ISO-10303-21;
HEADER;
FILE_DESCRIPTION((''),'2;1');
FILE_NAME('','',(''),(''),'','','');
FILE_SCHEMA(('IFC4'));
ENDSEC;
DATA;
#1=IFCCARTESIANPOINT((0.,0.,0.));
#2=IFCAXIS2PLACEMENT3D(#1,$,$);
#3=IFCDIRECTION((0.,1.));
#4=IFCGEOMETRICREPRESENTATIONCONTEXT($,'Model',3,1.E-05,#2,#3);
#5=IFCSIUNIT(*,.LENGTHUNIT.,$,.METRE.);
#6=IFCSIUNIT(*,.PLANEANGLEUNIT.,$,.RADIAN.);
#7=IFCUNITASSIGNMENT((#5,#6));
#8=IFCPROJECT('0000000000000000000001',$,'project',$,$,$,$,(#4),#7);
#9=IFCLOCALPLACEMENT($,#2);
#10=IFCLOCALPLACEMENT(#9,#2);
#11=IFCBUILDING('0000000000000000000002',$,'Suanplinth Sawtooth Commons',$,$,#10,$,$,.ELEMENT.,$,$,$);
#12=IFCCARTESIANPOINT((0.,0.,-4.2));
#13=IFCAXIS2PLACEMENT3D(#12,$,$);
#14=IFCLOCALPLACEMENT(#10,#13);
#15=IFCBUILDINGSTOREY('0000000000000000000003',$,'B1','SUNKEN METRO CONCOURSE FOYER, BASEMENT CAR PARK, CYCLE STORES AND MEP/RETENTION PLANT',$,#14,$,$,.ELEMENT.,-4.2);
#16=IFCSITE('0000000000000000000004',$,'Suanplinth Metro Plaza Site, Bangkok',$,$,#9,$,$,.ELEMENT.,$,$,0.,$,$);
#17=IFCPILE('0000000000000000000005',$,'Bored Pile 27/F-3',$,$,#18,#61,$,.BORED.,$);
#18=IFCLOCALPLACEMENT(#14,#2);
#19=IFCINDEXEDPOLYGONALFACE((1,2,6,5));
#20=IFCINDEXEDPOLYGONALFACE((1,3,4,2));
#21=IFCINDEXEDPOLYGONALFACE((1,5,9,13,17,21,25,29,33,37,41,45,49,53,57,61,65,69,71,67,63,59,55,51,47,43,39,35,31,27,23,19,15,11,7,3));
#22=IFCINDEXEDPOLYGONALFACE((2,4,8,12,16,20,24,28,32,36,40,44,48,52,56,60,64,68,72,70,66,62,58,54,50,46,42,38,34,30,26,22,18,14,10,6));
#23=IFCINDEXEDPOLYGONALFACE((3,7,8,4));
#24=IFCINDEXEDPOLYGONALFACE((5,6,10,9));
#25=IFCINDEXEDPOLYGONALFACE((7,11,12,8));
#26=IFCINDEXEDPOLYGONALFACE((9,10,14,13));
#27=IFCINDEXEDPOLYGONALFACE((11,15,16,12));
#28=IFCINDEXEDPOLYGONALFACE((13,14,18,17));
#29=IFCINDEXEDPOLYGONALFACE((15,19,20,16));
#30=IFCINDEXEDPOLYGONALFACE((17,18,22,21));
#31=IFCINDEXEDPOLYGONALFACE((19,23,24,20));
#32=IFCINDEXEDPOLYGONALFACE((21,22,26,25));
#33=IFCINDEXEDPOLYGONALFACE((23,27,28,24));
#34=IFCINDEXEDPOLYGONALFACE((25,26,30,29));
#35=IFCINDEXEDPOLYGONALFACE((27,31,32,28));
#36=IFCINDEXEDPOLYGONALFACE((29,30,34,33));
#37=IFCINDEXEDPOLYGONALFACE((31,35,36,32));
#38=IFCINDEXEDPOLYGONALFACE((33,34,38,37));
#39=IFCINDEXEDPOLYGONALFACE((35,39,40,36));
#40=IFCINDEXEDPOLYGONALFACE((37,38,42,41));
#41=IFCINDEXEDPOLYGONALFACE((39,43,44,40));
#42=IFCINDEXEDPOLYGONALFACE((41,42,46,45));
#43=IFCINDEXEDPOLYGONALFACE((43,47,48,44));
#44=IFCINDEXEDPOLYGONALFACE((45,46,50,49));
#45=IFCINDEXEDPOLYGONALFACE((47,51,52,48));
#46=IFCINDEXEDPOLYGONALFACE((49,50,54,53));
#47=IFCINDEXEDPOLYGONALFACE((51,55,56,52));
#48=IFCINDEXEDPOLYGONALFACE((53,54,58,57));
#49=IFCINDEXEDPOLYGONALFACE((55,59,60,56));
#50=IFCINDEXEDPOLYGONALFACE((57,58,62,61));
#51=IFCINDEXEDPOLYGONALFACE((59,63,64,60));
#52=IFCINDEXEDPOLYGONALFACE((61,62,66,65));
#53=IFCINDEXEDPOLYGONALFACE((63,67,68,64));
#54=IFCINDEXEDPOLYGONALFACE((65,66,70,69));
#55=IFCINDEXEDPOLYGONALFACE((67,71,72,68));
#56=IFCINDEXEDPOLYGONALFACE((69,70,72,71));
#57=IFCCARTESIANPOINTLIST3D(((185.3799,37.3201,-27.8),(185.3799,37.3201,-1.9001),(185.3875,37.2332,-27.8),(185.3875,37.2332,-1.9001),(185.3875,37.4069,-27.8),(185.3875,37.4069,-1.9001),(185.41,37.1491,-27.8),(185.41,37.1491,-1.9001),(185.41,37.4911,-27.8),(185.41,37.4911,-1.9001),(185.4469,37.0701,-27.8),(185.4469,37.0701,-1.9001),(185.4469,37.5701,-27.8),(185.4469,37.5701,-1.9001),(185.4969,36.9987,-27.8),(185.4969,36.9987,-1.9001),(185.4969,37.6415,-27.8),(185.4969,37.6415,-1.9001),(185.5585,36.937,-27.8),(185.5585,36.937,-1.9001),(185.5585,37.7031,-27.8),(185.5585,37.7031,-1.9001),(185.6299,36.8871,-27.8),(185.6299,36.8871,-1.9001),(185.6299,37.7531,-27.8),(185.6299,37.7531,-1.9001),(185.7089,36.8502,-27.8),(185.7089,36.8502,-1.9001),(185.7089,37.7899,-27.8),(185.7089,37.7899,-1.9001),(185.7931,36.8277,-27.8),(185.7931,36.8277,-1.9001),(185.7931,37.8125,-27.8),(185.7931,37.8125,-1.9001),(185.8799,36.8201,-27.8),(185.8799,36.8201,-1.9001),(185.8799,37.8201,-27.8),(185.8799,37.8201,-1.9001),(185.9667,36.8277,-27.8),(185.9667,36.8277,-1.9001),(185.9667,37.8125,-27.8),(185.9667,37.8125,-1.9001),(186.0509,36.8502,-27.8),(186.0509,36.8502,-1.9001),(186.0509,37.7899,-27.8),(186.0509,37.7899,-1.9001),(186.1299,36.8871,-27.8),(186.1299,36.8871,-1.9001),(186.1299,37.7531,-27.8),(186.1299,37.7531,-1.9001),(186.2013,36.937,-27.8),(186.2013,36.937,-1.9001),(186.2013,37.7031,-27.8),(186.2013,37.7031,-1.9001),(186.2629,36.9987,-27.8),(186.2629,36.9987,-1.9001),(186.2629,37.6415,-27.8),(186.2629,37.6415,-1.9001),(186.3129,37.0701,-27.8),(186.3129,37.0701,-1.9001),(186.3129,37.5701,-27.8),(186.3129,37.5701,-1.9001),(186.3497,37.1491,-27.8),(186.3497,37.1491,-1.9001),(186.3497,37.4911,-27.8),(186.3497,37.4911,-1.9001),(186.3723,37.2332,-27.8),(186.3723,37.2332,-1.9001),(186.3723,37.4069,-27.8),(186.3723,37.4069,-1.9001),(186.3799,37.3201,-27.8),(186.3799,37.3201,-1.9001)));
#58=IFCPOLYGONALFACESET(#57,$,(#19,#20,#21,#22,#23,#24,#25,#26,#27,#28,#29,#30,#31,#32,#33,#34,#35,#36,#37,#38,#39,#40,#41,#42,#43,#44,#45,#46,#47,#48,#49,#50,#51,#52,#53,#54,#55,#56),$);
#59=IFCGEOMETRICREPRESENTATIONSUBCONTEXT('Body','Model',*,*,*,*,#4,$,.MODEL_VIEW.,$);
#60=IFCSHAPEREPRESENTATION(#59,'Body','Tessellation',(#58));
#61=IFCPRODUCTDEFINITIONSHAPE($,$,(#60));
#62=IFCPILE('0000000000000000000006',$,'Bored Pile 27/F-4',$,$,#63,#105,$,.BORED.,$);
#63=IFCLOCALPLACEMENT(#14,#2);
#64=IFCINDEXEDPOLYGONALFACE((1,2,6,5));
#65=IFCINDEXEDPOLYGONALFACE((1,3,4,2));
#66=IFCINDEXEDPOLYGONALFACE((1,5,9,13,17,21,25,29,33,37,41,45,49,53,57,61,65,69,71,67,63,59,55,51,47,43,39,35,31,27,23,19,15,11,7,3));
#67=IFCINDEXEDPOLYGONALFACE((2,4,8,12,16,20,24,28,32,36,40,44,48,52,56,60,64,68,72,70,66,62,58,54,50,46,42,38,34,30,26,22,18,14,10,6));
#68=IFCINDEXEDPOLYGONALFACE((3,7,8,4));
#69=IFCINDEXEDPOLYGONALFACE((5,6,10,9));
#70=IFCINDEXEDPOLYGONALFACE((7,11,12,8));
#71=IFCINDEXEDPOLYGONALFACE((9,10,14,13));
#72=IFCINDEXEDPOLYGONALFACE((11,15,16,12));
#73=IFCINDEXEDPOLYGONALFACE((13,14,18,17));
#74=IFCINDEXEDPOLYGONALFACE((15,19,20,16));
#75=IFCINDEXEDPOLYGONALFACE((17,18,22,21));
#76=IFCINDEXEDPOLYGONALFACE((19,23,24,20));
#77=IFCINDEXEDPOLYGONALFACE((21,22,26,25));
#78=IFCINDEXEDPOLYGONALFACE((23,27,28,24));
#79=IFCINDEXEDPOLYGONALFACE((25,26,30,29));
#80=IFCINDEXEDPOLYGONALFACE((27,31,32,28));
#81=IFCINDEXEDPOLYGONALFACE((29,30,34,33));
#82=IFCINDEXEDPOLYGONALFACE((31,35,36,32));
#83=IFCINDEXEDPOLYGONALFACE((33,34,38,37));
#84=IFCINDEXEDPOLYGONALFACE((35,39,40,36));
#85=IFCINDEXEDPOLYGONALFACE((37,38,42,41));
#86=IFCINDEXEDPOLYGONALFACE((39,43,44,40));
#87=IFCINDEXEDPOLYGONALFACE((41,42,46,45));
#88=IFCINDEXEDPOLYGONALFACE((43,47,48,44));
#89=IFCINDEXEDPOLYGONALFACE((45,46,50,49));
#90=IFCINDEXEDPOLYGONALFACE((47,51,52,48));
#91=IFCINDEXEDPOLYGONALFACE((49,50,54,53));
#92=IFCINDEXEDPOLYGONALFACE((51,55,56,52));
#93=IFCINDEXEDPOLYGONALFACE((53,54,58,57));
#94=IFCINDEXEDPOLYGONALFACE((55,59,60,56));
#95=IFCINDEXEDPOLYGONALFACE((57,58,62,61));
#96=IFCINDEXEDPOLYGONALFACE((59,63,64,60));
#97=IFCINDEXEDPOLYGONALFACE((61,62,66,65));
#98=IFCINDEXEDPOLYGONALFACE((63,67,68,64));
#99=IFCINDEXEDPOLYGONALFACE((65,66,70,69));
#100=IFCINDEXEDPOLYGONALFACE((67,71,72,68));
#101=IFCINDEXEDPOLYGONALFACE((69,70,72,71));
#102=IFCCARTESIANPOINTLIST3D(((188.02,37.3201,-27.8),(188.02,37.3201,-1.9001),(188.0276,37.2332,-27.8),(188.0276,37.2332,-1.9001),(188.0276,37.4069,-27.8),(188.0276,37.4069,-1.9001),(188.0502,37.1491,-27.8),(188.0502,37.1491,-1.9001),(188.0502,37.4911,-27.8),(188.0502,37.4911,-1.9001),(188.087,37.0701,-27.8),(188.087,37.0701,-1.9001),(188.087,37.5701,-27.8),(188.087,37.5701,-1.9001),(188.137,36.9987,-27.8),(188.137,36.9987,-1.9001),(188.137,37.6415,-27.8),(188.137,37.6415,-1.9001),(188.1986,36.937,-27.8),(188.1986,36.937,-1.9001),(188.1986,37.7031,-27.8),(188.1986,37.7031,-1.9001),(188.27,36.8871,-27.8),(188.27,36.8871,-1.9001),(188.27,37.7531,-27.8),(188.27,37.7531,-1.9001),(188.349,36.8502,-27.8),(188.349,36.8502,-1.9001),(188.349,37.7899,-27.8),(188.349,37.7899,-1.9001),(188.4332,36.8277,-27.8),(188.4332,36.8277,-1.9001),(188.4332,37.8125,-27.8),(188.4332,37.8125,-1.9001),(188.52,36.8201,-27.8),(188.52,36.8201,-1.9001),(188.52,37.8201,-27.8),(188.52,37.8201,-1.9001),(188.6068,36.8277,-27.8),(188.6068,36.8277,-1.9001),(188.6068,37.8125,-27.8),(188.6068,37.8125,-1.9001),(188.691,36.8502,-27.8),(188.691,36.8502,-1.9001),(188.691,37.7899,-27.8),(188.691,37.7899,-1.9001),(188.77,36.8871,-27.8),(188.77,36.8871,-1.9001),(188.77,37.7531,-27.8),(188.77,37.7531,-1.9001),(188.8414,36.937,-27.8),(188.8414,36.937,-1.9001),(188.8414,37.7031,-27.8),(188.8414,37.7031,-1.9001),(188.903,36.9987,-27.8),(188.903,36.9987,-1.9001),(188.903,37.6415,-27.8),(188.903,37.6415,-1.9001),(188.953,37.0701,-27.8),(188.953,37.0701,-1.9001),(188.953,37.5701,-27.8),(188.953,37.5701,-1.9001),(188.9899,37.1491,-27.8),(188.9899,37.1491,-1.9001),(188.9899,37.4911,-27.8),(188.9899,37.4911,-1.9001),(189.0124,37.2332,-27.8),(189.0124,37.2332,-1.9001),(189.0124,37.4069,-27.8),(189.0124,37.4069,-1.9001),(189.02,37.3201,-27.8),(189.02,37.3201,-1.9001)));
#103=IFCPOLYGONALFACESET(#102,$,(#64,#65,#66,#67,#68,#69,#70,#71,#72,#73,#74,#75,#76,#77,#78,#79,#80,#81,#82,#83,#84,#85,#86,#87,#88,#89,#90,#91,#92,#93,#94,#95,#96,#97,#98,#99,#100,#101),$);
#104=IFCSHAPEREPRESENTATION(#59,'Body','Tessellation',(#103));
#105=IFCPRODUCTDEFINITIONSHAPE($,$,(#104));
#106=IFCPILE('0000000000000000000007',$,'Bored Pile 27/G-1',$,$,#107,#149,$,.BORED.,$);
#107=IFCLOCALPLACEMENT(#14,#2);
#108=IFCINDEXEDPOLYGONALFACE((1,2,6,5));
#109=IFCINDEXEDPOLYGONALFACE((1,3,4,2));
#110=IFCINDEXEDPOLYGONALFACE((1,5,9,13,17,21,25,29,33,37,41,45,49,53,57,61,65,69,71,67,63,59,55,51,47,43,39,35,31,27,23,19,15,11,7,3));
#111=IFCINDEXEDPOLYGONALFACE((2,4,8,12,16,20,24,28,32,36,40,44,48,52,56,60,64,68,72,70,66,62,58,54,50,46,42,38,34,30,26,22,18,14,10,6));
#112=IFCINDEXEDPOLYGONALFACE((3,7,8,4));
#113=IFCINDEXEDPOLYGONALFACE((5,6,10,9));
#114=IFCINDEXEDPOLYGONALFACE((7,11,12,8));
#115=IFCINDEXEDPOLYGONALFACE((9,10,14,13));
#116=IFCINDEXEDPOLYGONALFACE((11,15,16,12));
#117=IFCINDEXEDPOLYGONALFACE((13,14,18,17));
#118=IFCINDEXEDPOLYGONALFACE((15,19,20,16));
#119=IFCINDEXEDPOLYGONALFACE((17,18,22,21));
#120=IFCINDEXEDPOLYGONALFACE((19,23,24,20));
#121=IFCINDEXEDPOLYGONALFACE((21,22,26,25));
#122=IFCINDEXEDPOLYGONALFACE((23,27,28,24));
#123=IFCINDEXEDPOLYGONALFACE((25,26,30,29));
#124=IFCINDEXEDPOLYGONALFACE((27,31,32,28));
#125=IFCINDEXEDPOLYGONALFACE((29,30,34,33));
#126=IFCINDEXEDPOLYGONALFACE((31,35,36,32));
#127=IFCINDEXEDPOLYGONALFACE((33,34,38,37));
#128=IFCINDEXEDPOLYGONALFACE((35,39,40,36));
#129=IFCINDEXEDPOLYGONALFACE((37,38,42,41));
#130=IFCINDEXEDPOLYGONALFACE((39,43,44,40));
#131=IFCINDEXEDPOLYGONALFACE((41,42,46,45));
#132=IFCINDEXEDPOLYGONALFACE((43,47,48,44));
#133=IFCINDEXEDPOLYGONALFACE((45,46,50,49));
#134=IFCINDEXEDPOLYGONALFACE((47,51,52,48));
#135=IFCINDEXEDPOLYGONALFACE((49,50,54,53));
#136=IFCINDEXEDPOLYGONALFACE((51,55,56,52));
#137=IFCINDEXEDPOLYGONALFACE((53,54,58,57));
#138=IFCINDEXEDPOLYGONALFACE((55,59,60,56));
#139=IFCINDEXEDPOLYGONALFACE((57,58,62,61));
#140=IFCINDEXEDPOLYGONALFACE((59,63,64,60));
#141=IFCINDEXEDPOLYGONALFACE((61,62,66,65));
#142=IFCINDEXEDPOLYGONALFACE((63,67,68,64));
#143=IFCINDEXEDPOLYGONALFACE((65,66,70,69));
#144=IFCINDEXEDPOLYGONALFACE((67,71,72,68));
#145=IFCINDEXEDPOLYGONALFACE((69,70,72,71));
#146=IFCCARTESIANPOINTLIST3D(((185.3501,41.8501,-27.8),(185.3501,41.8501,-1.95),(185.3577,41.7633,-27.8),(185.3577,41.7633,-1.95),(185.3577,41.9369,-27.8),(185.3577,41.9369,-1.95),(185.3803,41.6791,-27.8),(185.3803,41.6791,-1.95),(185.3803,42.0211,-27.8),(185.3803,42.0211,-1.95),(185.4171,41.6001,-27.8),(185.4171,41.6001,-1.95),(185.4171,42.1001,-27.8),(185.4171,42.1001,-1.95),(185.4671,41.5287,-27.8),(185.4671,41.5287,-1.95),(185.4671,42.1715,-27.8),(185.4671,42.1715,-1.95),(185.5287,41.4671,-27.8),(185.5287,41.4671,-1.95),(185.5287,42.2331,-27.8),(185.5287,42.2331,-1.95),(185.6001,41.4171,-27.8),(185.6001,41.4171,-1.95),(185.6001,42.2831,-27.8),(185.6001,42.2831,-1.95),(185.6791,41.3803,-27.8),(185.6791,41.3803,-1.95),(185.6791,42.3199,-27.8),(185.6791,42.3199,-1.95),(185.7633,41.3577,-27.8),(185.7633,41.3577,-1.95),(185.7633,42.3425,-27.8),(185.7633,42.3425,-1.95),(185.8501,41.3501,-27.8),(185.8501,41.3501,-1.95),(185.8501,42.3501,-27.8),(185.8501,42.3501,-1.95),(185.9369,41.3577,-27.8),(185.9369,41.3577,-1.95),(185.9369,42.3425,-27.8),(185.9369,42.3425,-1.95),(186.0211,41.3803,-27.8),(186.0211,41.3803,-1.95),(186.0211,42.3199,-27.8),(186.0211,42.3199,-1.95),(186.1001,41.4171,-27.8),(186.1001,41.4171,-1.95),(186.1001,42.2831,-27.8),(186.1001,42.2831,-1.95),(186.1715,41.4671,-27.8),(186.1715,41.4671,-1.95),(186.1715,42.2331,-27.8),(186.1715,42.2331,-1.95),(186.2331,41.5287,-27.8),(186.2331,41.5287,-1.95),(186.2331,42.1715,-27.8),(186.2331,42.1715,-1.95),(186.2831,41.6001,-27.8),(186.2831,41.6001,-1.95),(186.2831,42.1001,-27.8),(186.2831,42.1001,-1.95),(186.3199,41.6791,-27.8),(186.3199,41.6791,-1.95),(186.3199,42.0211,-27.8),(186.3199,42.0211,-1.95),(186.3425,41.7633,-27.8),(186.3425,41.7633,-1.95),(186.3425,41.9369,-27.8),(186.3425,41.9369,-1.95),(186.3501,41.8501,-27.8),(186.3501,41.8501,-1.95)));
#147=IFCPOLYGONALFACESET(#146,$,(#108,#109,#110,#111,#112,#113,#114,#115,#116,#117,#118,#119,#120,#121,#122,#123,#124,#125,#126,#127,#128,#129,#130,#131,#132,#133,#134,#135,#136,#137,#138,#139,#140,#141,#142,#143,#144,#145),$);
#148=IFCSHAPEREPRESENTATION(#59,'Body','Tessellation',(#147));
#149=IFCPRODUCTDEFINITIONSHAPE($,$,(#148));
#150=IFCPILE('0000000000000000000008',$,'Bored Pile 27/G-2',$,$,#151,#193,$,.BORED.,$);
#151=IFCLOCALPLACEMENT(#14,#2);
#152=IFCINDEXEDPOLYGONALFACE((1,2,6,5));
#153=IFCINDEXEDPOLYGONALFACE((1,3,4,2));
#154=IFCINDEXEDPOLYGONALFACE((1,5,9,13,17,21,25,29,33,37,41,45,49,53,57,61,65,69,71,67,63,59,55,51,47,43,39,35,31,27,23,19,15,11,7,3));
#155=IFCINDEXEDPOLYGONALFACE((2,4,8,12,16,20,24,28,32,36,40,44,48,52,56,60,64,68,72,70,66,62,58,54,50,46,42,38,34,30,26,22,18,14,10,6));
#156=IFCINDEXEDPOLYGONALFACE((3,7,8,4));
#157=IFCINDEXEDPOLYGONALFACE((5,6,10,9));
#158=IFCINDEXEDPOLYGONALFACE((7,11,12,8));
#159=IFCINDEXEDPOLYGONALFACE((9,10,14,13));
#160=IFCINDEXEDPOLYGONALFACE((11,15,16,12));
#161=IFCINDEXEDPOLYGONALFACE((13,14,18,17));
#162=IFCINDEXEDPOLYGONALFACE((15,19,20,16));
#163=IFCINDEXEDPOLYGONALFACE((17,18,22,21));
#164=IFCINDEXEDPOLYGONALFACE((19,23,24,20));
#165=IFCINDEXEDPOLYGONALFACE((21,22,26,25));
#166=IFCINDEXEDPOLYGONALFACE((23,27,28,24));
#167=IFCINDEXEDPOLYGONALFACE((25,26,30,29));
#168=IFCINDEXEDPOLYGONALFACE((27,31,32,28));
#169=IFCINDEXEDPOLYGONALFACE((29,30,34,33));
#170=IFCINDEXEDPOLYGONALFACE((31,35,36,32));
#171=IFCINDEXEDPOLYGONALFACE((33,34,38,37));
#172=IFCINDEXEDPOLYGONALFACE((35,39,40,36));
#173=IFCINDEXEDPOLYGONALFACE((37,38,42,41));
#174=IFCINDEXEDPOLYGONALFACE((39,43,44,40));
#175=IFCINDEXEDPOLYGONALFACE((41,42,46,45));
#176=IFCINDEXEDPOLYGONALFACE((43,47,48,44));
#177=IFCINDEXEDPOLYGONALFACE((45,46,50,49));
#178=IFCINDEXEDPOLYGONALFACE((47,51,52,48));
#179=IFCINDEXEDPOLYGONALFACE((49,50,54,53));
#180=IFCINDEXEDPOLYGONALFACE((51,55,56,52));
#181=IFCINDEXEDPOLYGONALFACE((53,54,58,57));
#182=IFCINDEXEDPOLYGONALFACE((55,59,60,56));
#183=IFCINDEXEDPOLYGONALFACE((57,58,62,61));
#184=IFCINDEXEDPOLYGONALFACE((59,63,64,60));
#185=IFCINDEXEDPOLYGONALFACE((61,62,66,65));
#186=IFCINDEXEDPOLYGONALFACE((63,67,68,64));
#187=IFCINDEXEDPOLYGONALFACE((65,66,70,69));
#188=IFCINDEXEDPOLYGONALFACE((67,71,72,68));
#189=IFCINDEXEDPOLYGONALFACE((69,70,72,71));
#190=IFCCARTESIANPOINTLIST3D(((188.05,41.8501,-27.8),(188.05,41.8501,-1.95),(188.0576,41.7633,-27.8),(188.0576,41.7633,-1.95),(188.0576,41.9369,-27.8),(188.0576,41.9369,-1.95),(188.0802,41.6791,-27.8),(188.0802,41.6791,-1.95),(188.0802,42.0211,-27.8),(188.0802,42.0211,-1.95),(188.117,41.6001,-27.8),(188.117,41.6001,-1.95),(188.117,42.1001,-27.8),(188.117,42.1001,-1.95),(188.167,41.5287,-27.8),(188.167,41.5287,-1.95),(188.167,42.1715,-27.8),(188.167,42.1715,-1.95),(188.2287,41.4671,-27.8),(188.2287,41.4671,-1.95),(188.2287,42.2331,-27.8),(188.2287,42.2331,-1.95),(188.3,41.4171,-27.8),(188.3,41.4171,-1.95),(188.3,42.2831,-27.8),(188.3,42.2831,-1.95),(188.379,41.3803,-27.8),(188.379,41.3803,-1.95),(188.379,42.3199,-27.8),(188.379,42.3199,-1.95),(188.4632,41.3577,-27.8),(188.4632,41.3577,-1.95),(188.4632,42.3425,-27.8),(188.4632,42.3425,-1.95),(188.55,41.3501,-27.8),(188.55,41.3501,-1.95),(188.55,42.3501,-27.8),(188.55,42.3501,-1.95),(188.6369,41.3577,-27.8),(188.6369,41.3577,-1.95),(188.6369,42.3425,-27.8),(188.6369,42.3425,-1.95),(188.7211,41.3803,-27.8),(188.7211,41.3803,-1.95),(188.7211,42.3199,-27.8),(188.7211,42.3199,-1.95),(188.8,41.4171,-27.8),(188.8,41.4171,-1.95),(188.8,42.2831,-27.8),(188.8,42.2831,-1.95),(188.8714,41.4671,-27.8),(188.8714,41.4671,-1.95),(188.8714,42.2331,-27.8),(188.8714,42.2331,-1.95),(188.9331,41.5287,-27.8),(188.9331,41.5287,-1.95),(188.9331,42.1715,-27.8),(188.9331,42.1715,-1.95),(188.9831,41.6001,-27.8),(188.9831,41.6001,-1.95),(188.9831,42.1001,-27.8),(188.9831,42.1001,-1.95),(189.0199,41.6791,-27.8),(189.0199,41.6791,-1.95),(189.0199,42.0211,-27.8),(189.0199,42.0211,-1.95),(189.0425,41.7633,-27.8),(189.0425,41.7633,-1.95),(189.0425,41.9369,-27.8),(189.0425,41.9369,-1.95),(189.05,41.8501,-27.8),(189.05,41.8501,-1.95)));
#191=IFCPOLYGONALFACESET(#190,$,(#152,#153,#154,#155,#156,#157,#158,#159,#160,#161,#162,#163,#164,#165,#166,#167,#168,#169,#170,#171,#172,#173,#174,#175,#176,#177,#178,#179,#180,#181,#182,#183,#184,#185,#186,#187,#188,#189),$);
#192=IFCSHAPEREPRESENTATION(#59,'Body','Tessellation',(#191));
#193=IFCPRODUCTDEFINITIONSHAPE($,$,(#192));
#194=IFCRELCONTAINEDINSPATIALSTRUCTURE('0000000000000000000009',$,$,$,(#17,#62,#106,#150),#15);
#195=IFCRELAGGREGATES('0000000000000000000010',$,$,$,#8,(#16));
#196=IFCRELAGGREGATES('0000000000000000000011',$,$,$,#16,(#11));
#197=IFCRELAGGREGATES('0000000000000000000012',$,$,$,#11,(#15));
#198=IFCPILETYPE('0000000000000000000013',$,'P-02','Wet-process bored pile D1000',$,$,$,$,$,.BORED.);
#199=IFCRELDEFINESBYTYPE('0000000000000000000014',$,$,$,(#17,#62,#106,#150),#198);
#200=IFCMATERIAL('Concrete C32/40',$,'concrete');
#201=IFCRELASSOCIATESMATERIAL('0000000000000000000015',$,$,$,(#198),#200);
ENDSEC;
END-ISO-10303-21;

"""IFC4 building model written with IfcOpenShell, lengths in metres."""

from ifc_helpers import new_model, si_unit, direction, frame, origin, origin_2d, place, context, subcontext, project, spatial, circle, extrude, material, material_profile, profile_set, type_object, element, save


model = new_model("IFC4")

# Units and contexts
model_context = context("Model", 3, precision=1e-05, world=origin(), true_north=direction((0.0, 1.0)))
body_context = subcontext(model_context, "Body", "Model", "MODEL_VIEW")
ifc_project = project(units=[si_unit("LENGTHUNIT", "METRE"), si_unit("PLANEANGLEUNIT", "RADIAN")], contexts=[model_context])

# Site, building, storey
site_placement = place(None, origin())
site = spatial("IfcSite", under=ifc_project, at=site_placement, Name="Suanplinth Metro Plaza Site, Bangkok", CompositionType="ELEMENT", RefElevation=0.0)
building_placement = place(site_placement, origin())
building = spatial("IfcBuilding", under=site, at=building_placement, Name="Suanplinth Sawtooth Commons", CompositionType="ELEMENT")
storey_placement = place(building_placement, frame((0.0, 0.0, -4.2)))
storey = spatial("IfcBuildingStorey", under=building, at=storey_placement, Name="B1", Description="SUNKEN METRO CONCOURSE FOYER, BASEMENT CAR PARK, CYCLE STORES AND MEP/RETENTION PLANT", CompositionType="ELEMENT", Elevation=-4.2)

# Piles
ifc_material_1 = material(Name="Concrete C32/40", Category="concrete")
ifc_material_profile_1 = material_profile(ifc_material_1, circle(Radius=0.5, at=origin_2d()), Name="PILE D1000")
ifc_profile_set_1 = profile_set([ifc_material_profile_1], Name="Concrete C32/40")
pile_type = type_object("IfcPileType", Name="P-02", Description="Wet-process bored pile D1000", PredefinedType="BORED", material=ifc_profile_set_1)
for number, where, z_axis, x_axis, name in (
    (1, (185.8799, 37.3201, -1.9001), (0.0, 0.0, -1.0), (1.0, 0.0, 0.0), "Bored Pile 27/F-3"),
    (2, (188.52, 37.3201, -1.9001), (0.0, 0.0, -1.0), (1.0, 0.0, 0.0), "Bored Pile 27/F-4"),
):
    element("IfcPile", number, at=place(storey_placement, frame(where, z_axis=z_axis, x_axis=x_axis)), inside=storey, type_object=pile_type, Name=name, PredefinedType="BORED", context=body_context, shape_type="SweptSolid", body=[
        extrude(circle(Radius=0.5, at=origin_2d()), origin(), (0.0, 0.0, 1.0), 25.8999),
    ])
for number, where, z_axis, x_axis, name in (
    (3, (185.8501, 41.8501, -1.95), (0.0, 0.0, -1.0), (1.0, 0.0, 0.0), "Bored Pile 27/G-1"),
    (4, (188.55, 41.8501, -1.95), (0.0, 0.0, -1.0), (1.0, 0.0, 0.0), "Bored Pile 27/G-2"),
):
    element("IfcPile", number, at=place(storey_placement, frame(where, z_axis=z_axis, x_axis=x_axis)), inside=storey, type_object=pile_type, Name=name, PredefinedType="BORED", context=body_context, shape_type="SweptSolid", body=[
        extrude(circle(Radius=0.5, at=origin_2d()), origin(), (0.0, 0.0, 1.0), 25.8501),
    ])

save(model, "model.ifc")
